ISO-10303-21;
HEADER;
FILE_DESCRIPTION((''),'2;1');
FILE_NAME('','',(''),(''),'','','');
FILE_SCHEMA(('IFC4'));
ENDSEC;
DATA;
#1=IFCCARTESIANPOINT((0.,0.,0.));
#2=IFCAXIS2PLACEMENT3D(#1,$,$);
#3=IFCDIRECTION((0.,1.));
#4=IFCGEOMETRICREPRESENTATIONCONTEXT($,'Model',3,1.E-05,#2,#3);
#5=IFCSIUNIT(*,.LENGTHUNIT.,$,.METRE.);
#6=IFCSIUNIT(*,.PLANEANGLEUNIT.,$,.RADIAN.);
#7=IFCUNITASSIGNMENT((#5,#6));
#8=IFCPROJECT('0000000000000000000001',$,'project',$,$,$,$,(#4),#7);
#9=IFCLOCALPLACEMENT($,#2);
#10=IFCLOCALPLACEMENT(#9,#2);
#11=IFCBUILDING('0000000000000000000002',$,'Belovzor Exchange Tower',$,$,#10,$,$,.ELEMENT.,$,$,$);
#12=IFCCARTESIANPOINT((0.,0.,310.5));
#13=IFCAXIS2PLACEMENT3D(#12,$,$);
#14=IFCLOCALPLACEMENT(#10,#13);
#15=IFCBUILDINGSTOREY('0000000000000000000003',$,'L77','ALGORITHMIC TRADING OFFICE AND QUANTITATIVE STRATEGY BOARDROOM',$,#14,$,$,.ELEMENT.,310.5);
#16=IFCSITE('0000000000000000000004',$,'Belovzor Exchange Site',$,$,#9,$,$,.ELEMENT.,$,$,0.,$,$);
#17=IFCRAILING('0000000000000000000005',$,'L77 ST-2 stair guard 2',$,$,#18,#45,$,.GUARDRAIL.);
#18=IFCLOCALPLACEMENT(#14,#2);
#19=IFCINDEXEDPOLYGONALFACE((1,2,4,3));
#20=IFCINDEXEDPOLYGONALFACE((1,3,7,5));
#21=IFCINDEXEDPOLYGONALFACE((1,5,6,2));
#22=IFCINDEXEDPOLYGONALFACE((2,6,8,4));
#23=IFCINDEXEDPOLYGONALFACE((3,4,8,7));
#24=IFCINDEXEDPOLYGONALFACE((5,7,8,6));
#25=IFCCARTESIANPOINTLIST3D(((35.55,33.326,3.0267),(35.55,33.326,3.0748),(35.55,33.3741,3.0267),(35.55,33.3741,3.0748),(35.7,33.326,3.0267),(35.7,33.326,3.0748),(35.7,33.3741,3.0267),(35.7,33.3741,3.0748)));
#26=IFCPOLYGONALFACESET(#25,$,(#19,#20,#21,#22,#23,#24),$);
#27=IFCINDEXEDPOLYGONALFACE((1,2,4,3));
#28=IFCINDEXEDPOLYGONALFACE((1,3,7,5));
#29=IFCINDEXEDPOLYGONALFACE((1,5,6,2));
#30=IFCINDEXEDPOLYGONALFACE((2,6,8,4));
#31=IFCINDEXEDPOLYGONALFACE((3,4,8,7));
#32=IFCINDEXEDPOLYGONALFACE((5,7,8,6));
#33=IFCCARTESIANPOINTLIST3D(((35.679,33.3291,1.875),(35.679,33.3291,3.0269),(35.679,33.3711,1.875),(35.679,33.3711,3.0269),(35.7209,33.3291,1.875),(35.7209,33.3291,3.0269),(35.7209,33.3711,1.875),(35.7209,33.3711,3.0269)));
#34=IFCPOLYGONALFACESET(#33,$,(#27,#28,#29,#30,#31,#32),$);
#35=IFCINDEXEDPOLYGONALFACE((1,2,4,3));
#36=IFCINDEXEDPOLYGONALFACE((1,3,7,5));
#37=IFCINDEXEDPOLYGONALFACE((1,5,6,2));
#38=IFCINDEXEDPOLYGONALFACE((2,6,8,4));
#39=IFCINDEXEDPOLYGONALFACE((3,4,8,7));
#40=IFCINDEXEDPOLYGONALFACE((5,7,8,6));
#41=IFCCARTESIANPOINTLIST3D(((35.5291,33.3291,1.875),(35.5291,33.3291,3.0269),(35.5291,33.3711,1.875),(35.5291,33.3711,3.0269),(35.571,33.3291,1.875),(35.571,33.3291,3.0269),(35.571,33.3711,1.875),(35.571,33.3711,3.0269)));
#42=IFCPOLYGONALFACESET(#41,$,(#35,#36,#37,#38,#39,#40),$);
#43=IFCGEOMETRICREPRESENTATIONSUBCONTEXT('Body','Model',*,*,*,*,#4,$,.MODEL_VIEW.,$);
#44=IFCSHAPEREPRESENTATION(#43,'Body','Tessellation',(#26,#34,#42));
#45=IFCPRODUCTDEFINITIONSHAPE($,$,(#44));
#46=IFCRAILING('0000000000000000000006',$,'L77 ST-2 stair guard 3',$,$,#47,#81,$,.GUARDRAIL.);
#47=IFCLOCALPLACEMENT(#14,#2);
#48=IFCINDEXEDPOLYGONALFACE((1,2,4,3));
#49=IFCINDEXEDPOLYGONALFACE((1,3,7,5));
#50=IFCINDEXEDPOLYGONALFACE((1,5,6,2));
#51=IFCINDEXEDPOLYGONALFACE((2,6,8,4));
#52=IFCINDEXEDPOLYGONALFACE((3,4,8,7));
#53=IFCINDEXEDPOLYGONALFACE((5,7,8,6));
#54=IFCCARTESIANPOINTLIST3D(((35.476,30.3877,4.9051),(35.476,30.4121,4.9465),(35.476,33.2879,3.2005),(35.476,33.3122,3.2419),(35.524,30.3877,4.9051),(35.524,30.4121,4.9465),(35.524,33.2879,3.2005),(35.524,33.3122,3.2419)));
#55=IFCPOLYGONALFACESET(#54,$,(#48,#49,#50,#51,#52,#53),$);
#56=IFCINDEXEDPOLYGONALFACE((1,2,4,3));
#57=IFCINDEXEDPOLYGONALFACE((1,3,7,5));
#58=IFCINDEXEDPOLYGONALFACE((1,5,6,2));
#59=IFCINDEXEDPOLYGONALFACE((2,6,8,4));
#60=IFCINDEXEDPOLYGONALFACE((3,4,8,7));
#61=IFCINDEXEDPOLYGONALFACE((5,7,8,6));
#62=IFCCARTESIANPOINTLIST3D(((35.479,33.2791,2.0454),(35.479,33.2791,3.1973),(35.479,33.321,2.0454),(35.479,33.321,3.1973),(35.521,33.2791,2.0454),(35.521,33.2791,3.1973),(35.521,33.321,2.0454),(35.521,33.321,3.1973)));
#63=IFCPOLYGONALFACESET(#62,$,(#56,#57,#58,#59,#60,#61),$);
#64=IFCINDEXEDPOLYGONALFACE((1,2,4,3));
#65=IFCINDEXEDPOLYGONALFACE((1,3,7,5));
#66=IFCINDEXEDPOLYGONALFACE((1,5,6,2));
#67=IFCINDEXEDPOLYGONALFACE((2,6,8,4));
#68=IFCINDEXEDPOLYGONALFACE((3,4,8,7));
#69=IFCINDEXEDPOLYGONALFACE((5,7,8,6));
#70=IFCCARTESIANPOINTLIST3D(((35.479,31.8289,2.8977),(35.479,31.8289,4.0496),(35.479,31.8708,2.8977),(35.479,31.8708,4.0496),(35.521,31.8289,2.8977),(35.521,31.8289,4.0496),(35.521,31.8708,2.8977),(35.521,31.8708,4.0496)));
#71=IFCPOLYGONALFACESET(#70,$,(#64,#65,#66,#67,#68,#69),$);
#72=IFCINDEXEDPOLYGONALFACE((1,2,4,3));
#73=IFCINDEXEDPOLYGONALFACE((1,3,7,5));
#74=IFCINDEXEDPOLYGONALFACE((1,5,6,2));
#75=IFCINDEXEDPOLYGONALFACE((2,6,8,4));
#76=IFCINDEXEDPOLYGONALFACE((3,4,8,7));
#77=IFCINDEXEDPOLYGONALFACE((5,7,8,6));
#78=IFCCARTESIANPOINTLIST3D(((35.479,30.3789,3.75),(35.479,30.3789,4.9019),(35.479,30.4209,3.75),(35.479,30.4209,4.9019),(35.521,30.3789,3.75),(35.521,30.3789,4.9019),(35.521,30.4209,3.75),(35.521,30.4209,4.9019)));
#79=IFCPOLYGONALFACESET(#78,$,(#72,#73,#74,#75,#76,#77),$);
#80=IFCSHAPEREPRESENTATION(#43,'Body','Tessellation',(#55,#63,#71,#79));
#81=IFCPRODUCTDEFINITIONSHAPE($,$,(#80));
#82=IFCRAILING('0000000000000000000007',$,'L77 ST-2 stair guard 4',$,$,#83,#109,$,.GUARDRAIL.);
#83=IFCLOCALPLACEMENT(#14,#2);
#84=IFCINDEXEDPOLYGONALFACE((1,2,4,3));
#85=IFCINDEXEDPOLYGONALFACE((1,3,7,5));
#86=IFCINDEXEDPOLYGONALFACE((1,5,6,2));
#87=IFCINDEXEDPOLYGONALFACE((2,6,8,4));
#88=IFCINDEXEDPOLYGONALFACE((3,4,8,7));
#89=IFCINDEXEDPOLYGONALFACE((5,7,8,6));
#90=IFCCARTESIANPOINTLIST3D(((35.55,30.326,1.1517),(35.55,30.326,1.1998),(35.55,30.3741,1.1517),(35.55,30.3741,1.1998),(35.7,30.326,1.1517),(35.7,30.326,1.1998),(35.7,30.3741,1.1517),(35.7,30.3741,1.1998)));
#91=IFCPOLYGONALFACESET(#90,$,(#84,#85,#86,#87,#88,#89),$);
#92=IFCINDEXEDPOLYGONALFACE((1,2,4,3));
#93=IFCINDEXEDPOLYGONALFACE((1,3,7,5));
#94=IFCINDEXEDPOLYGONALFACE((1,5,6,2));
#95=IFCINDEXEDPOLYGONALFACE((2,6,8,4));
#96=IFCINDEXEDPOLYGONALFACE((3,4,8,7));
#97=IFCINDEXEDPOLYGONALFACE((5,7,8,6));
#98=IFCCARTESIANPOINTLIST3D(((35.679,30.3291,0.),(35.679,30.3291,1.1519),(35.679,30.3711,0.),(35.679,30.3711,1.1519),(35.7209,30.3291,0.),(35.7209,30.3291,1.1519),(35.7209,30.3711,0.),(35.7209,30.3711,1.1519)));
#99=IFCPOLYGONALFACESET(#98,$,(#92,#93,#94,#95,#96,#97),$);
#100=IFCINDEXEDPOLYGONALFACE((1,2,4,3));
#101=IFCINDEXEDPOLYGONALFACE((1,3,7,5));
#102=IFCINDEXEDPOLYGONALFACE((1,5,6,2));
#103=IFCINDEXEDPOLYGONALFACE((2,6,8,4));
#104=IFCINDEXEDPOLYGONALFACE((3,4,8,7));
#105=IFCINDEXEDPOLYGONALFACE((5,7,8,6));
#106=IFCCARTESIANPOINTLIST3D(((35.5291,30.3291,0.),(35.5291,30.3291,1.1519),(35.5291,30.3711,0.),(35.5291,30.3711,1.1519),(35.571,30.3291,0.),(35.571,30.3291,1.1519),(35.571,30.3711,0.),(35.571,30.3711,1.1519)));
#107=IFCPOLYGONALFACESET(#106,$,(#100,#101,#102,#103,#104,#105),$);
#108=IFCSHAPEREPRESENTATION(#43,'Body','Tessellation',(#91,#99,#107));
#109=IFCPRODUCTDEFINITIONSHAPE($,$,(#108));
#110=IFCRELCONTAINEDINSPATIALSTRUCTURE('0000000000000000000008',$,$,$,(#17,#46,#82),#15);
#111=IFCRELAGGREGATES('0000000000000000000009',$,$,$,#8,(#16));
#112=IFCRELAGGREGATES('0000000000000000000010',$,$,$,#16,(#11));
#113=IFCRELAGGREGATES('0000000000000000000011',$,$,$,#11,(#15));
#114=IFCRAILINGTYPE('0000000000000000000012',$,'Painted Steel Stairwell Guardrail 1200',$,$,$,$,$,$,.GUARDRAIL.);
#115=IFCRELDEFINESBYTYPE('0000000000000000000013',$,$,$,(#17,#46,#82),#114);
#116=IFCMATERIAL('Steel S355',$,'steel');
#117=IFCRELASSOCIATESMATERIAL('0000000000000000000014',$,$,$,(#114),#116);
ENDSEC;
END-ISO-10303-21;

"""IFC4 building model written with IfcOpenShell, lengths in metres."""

from ifc_helpers import new_model, si_unit, direction, frame, origin, origin_2d, place, context, subcontext, project, spatial, rectangle, extrude, material, type_object, element, save


model = new_model("IFC4")

# Units and contexts
model_context = context("Model", 3, precision=1e-05, world=origin(), true_north=direction((0.0, 1.0)))
body_context = subcontext(model_context, "Body", "Model", "MODEL_VIEW")
ifc_project = project(units=[si_unit("LENGTHUNIT", "METRE"), si_unit("PLANEANGLEUNIT", "RADIAN")], contexts=[model_context])

# Site, building, storey
site_placement = place(None, origin())
site = spatial("IfcSite", under=ifc_project, at=site_placement, Name="Belovzor Exchange Site", CompositionType="ELEMENT", RefElevation=0.0)
building_placement = place(site_placement, origin())
building = spatial("IfcBuilding", under=site, at=building_placement, Name="Belovzor Exchange Tower", CompositionType="ELEMENT")
storey_placement = place(building_placement, frame((0.0, 0.0, 310.5)))
storey = spatial("IfcBuildingStorey", under=building, at=storey_placement, Name="L77", Description="ALGORITHMIC TRADING OFFICE AND QUANTITATIVE STRATEGY BOARDROOM", CompositionType="ELEMENT", Elevation=310.5)

# Railings
ifc_material_1 = material(Name="Steel S355", Category="steel")
railing_type_1 = type_object("IfcRailingType", Name="Painted Steel Stairwell Guardrail 1200", PredefinedType="GUARDRAIL", material=ifc_material_1)
railing_1_placement = place(storey_placement, frame((35.7, 33.3501, 1.875)))
element("IfcRailing", 1, at=railing_1_placement, inside=storey, type_object=railing_type_1, Name="L77 ST-2 stair guard 2", PredefinedType="GUARDRAIL", context=body_context, shape_type="SweptSolid", body=[
    extrude(rectangle(XDim=0.0481, YDim=0.0481, at=origin_2d()), frame((0.0, 0.0, 1.1758), z_axis=(-1.0, 0.0, 0.0), x_axis=(0.0, -1.0, 0.0)), (0.0, 0.0, 1.0), 0.1499),
    extrude(rectangle(XDim=0.042, YDim=0.042, at=origin_2d()), origin(), (0.0, 0.0, 1.0), 1.1519),
    extrude(rectangle(XDim=0.042, YDim=0.042, at=origin_2d()), frame((-0.1499, 0.0, 0.0)), (0.0, 0.0, 1.0), 1.1519),
])
railing_2_placement = place(storey_placement, frame((35.5, 33.3, 2.0454)))
element("IfcRailing", 2, at=railing_2_placement, inside=storey, type_object=railing_type_1, Name="L77 ST-2 stair guard 3", PredefinedType="GUARDRAIL", context=body_context, shape_type="SweptSolid", body=[
    extrude(rectangle(XDim=0.0481, YDim=0.0481, at=origin_2d()), frame((0.0, 0.0, 1.1758), z_axis=(0.0, -0.862113, 0.506716), x_axis=(1.0, 0.0, 0.0)), (0.0, 0.0, 1.0), 3.364),
    extrude(rectangle(XDim=0.042, YDim=0.042, at=origin_2d()), origin(), (0.0, 0.0, 1.0), 1.1519),
    extrude(rectangle(XDim=0.042, YDim=0.042, at=origin_2d()), frame((0.0, -1.4502, 0.8523)), (0.0, 0.0, 1.0), 1.1519),
    extrude(rectangle(XDim=0.042, YDim=0.042, at=origin_2d()), frame((0.0, -2.9001, 1.7046)), (0.0, 0.0, 1.0), 1.1519),
])
railing_3_placement = place(storey_placement, frame((35.7, 30.3501, 0.0)))
element("IfcRailing", 3, at=railing_3_placement, inside=storey, type_object=railing_type_1, Name="L77 ST-2 stair guard 4", PredefinedType="GUARDRAIL", context=body_context, shape_type="SweptSolid", body=[
    extrude(rectangle(XDim=0.0481, YDim=0.0481, at=origin_2d()), frame((0.0, 0.0, 1.1758), z_axis=(-1.0, 0.0, 0.0), x_axis=(0.0, -1.0, 0.0)), (0.0, 0.0, 1.0), 0.1499),
    extrude(rectangle(XDim=0.042, YDim=0.042, at=origin_2d()), origin(), (0.0, 0.0, 1.0), 1.1519),
    extrude(rectangle(XDim=0.042, YDim=0.042, at=origin_2d()), frame((-0.1499, 0.0, 0.0)), (0.0, 0.0, 1.0), 1.1519),
])

save(model, "model.ifc")
